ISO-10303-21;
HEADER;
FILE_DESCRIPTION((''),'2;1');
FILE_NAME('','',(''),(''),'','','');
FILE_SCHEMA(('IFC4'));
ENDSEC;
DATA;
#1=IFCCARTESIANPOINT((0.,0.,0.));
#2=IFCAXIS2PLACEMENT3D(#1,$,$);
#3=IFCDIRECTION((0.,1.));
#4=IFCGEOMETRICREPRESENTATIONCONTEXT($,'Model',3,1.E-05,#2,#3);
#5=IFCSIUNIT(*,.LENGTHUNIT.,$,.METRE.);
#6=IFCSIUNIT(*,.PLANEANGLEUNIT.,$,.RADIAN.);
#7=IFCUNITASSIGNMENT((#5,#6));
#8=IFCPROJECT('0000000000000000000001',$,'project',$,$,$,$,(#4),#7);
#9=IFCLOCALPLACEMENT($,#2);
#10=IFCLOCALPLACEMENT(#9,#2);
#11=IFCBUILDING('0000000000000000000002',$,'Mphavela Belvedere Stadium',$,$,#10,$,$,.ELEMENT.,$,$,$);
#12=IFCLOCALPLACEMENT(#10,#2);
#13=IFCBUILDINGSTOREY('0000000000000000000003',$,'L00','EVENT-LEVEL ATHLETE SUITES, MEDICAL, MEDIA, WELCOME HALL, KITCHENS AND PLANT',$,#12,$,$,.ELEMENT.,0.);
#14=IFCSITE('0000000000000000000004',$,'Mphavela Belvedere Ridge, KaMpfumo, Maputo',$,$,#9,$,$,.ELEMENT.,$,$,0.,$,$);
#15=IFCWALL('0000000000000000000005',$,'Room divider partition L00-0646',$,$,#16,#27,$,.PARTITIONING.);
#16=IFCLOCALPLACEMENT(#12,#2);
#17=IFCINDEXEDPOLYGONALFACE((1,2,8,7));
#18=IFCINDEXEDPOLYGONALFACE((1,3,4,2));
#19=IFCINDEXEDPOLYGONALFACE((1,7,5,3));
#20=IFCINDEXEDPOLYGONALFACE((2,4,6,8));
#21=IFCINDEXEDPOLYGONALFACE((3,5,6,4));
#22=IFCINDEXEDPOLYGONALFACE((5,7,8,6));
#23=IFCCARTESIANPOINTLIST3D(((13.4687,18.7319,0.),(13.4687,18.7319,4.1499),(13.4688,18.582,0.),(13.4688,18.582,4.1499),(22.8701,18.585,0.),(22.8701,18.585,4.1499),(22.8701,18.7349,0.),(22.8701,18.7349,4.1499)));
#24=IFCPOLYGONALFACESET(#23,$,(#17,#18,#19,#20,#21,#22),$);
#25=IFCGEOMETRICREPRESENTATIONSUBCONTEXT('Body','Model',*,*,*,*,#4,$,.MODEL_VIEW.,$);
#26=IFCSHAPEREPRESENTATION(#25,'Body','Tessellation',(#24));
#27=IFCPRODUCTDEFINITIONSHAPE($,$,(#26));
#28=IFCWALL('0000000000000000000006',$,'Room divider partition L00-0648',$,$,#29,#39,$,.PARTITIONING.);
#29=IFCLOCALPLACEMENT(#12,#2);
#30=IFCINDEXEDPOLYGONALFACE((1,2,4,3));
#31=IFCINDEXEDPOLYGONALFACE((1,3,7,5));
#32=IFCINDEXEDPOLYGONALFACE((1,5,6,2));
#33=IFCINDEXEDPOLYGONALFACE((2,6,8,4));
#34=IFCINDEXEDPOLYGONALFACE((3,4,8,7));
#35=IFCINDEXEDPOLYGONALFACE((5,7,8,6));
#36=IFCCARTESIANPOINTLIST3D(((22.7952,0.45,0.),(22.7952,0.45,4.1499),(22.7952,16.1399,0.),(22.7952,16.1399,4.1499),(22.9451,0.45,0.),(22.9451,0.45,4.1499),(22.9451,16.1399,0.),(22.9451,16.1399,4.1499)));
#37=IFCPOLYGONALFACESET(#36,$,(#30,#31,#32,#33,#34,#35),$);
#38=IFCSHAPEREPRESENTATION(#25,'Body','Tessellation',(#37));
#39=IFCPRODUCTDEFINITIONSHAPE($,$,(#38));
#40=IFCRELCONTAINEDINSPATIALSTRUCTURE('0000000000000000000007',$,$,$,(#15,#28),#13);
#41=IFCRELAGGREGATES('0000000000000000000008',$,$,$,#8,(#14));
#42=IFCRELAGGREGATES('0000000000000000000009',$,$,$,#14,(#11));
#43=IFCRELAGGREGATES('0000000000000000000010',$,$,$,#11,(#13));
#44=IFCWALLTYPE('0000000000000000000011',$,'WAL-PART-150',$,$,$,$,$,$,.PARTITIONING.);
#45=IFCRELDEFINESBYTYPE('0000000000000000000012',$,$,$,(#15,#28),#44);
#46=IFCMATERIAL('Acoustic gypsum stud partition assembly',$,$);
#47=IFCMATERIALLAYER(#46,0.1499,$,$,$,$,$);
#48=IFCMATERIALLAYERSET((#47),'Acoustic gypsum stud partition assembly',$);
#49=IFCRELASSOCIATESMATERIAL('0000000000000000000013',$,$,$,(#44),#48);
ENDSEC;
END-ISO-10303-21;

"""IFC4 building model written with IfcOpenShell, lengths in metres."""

from ifc_helpers import new_model, si_unit, direction, frame, frame_2d, origin, place, context, subcontext, project, spatial, rectangle, extrude, material, layer, layer_set, type_object, element, save


model = new_model("IFC4")

# Units and contexts
model_context = context("Model", 3, precision=1e-05, world=origin(), true_north=direction((0.0, 1.0)))
body_context = subcontext(model_context, "Body", "Model", "MODEL_VIEW")
ifc_project = project(units=[si_unit("LENGTHUNIT", "METRE"), si_unit("PLANEANGLEUNIT", "RADIAN")], contexts=[model_context])

# Site, building, storey
site_placement = place(None, origin())
site = spatial("IfcSite", under=ifc_project, at=site_placement, Name="Mphavela Belvedere Ridge, KaMpfumo, Maputo", CompositionType="ELEMENT", RefElevation=0.0)
building_placement = place(site_placement, origin())
building = spatial("IfcBuilding", under=site, at=building_placement, Name="Mphavela Belvedere Stadium", CompositionType="ELEMENT")
storey_placement = place(building_placement, origin())
storey = spatial("IfcBuildingStorey", under=building, at=storey_placement, Name="L00", Description="EVENT-LEVEL ATHLETE SUITES, MEDICAL, MEDIA, WELCOME HALL, KITCHENS AND PLANT", CompositionType="ELEMENT", Elevation=0.0)

# Shared definitions
ifc_material_1 = material(Name="Acoustic gypsum stud partition assembly")
ifc_layer = layer(ifc_material_1, 0.1499)
ifc_layer_set = layer_set([ifc_layer], Name="Acoustic gypsum stud partition assembly")
wall_type = type_object("IfcWallType", Name="WAL-PART-150", PredefinedType="PARTITIONING", material=ifc_layer_set)

# Walls
wall_1_placement = place(storey_placement, frame((22.8701, 18.6599, 0.0), z_axis=(0.0, 0.0, 1.0), x_axis=(-1.0, -0.000312, 0.0)))
element("IfcWall", 1, at=wall_1_placement, inside=storey, type_object=wall_type, Name="Room divider partition L00-0646", PredefinedType="PARTITIONING", context=body_context, shape_type="SweptSolid", body=[
    extrude(rectangle(XDim=9.4014, YDim=0.1499, at=frame_2d((4.7007, 0.0))), origin(), (0.0, 0.0, 1.0), 4.1499),
])
wall_2_placement = place(storey_placement, frame((22.8701, 16.1399, 0.0), z_axis=(0.0, 0.0, 1.0), x_axis=(0.0, -1.0, 0.0)))
element("IfcWall", 2, at=wall_2_placement, inside=storey, type_object=wall_type, Name="Room divider partition L00-0648", PredefinedType="PARTITIONING", context=body_context, shape_type="SweptSolid", body=[
    extrude(rectangle(XDim=15.6899, YDim=0.1499, at=frame_2d((7.845, 0.0))), origin(), (0.0, 0.0, 1.0), 4.1499),
])

save(model, "model.ifc")
